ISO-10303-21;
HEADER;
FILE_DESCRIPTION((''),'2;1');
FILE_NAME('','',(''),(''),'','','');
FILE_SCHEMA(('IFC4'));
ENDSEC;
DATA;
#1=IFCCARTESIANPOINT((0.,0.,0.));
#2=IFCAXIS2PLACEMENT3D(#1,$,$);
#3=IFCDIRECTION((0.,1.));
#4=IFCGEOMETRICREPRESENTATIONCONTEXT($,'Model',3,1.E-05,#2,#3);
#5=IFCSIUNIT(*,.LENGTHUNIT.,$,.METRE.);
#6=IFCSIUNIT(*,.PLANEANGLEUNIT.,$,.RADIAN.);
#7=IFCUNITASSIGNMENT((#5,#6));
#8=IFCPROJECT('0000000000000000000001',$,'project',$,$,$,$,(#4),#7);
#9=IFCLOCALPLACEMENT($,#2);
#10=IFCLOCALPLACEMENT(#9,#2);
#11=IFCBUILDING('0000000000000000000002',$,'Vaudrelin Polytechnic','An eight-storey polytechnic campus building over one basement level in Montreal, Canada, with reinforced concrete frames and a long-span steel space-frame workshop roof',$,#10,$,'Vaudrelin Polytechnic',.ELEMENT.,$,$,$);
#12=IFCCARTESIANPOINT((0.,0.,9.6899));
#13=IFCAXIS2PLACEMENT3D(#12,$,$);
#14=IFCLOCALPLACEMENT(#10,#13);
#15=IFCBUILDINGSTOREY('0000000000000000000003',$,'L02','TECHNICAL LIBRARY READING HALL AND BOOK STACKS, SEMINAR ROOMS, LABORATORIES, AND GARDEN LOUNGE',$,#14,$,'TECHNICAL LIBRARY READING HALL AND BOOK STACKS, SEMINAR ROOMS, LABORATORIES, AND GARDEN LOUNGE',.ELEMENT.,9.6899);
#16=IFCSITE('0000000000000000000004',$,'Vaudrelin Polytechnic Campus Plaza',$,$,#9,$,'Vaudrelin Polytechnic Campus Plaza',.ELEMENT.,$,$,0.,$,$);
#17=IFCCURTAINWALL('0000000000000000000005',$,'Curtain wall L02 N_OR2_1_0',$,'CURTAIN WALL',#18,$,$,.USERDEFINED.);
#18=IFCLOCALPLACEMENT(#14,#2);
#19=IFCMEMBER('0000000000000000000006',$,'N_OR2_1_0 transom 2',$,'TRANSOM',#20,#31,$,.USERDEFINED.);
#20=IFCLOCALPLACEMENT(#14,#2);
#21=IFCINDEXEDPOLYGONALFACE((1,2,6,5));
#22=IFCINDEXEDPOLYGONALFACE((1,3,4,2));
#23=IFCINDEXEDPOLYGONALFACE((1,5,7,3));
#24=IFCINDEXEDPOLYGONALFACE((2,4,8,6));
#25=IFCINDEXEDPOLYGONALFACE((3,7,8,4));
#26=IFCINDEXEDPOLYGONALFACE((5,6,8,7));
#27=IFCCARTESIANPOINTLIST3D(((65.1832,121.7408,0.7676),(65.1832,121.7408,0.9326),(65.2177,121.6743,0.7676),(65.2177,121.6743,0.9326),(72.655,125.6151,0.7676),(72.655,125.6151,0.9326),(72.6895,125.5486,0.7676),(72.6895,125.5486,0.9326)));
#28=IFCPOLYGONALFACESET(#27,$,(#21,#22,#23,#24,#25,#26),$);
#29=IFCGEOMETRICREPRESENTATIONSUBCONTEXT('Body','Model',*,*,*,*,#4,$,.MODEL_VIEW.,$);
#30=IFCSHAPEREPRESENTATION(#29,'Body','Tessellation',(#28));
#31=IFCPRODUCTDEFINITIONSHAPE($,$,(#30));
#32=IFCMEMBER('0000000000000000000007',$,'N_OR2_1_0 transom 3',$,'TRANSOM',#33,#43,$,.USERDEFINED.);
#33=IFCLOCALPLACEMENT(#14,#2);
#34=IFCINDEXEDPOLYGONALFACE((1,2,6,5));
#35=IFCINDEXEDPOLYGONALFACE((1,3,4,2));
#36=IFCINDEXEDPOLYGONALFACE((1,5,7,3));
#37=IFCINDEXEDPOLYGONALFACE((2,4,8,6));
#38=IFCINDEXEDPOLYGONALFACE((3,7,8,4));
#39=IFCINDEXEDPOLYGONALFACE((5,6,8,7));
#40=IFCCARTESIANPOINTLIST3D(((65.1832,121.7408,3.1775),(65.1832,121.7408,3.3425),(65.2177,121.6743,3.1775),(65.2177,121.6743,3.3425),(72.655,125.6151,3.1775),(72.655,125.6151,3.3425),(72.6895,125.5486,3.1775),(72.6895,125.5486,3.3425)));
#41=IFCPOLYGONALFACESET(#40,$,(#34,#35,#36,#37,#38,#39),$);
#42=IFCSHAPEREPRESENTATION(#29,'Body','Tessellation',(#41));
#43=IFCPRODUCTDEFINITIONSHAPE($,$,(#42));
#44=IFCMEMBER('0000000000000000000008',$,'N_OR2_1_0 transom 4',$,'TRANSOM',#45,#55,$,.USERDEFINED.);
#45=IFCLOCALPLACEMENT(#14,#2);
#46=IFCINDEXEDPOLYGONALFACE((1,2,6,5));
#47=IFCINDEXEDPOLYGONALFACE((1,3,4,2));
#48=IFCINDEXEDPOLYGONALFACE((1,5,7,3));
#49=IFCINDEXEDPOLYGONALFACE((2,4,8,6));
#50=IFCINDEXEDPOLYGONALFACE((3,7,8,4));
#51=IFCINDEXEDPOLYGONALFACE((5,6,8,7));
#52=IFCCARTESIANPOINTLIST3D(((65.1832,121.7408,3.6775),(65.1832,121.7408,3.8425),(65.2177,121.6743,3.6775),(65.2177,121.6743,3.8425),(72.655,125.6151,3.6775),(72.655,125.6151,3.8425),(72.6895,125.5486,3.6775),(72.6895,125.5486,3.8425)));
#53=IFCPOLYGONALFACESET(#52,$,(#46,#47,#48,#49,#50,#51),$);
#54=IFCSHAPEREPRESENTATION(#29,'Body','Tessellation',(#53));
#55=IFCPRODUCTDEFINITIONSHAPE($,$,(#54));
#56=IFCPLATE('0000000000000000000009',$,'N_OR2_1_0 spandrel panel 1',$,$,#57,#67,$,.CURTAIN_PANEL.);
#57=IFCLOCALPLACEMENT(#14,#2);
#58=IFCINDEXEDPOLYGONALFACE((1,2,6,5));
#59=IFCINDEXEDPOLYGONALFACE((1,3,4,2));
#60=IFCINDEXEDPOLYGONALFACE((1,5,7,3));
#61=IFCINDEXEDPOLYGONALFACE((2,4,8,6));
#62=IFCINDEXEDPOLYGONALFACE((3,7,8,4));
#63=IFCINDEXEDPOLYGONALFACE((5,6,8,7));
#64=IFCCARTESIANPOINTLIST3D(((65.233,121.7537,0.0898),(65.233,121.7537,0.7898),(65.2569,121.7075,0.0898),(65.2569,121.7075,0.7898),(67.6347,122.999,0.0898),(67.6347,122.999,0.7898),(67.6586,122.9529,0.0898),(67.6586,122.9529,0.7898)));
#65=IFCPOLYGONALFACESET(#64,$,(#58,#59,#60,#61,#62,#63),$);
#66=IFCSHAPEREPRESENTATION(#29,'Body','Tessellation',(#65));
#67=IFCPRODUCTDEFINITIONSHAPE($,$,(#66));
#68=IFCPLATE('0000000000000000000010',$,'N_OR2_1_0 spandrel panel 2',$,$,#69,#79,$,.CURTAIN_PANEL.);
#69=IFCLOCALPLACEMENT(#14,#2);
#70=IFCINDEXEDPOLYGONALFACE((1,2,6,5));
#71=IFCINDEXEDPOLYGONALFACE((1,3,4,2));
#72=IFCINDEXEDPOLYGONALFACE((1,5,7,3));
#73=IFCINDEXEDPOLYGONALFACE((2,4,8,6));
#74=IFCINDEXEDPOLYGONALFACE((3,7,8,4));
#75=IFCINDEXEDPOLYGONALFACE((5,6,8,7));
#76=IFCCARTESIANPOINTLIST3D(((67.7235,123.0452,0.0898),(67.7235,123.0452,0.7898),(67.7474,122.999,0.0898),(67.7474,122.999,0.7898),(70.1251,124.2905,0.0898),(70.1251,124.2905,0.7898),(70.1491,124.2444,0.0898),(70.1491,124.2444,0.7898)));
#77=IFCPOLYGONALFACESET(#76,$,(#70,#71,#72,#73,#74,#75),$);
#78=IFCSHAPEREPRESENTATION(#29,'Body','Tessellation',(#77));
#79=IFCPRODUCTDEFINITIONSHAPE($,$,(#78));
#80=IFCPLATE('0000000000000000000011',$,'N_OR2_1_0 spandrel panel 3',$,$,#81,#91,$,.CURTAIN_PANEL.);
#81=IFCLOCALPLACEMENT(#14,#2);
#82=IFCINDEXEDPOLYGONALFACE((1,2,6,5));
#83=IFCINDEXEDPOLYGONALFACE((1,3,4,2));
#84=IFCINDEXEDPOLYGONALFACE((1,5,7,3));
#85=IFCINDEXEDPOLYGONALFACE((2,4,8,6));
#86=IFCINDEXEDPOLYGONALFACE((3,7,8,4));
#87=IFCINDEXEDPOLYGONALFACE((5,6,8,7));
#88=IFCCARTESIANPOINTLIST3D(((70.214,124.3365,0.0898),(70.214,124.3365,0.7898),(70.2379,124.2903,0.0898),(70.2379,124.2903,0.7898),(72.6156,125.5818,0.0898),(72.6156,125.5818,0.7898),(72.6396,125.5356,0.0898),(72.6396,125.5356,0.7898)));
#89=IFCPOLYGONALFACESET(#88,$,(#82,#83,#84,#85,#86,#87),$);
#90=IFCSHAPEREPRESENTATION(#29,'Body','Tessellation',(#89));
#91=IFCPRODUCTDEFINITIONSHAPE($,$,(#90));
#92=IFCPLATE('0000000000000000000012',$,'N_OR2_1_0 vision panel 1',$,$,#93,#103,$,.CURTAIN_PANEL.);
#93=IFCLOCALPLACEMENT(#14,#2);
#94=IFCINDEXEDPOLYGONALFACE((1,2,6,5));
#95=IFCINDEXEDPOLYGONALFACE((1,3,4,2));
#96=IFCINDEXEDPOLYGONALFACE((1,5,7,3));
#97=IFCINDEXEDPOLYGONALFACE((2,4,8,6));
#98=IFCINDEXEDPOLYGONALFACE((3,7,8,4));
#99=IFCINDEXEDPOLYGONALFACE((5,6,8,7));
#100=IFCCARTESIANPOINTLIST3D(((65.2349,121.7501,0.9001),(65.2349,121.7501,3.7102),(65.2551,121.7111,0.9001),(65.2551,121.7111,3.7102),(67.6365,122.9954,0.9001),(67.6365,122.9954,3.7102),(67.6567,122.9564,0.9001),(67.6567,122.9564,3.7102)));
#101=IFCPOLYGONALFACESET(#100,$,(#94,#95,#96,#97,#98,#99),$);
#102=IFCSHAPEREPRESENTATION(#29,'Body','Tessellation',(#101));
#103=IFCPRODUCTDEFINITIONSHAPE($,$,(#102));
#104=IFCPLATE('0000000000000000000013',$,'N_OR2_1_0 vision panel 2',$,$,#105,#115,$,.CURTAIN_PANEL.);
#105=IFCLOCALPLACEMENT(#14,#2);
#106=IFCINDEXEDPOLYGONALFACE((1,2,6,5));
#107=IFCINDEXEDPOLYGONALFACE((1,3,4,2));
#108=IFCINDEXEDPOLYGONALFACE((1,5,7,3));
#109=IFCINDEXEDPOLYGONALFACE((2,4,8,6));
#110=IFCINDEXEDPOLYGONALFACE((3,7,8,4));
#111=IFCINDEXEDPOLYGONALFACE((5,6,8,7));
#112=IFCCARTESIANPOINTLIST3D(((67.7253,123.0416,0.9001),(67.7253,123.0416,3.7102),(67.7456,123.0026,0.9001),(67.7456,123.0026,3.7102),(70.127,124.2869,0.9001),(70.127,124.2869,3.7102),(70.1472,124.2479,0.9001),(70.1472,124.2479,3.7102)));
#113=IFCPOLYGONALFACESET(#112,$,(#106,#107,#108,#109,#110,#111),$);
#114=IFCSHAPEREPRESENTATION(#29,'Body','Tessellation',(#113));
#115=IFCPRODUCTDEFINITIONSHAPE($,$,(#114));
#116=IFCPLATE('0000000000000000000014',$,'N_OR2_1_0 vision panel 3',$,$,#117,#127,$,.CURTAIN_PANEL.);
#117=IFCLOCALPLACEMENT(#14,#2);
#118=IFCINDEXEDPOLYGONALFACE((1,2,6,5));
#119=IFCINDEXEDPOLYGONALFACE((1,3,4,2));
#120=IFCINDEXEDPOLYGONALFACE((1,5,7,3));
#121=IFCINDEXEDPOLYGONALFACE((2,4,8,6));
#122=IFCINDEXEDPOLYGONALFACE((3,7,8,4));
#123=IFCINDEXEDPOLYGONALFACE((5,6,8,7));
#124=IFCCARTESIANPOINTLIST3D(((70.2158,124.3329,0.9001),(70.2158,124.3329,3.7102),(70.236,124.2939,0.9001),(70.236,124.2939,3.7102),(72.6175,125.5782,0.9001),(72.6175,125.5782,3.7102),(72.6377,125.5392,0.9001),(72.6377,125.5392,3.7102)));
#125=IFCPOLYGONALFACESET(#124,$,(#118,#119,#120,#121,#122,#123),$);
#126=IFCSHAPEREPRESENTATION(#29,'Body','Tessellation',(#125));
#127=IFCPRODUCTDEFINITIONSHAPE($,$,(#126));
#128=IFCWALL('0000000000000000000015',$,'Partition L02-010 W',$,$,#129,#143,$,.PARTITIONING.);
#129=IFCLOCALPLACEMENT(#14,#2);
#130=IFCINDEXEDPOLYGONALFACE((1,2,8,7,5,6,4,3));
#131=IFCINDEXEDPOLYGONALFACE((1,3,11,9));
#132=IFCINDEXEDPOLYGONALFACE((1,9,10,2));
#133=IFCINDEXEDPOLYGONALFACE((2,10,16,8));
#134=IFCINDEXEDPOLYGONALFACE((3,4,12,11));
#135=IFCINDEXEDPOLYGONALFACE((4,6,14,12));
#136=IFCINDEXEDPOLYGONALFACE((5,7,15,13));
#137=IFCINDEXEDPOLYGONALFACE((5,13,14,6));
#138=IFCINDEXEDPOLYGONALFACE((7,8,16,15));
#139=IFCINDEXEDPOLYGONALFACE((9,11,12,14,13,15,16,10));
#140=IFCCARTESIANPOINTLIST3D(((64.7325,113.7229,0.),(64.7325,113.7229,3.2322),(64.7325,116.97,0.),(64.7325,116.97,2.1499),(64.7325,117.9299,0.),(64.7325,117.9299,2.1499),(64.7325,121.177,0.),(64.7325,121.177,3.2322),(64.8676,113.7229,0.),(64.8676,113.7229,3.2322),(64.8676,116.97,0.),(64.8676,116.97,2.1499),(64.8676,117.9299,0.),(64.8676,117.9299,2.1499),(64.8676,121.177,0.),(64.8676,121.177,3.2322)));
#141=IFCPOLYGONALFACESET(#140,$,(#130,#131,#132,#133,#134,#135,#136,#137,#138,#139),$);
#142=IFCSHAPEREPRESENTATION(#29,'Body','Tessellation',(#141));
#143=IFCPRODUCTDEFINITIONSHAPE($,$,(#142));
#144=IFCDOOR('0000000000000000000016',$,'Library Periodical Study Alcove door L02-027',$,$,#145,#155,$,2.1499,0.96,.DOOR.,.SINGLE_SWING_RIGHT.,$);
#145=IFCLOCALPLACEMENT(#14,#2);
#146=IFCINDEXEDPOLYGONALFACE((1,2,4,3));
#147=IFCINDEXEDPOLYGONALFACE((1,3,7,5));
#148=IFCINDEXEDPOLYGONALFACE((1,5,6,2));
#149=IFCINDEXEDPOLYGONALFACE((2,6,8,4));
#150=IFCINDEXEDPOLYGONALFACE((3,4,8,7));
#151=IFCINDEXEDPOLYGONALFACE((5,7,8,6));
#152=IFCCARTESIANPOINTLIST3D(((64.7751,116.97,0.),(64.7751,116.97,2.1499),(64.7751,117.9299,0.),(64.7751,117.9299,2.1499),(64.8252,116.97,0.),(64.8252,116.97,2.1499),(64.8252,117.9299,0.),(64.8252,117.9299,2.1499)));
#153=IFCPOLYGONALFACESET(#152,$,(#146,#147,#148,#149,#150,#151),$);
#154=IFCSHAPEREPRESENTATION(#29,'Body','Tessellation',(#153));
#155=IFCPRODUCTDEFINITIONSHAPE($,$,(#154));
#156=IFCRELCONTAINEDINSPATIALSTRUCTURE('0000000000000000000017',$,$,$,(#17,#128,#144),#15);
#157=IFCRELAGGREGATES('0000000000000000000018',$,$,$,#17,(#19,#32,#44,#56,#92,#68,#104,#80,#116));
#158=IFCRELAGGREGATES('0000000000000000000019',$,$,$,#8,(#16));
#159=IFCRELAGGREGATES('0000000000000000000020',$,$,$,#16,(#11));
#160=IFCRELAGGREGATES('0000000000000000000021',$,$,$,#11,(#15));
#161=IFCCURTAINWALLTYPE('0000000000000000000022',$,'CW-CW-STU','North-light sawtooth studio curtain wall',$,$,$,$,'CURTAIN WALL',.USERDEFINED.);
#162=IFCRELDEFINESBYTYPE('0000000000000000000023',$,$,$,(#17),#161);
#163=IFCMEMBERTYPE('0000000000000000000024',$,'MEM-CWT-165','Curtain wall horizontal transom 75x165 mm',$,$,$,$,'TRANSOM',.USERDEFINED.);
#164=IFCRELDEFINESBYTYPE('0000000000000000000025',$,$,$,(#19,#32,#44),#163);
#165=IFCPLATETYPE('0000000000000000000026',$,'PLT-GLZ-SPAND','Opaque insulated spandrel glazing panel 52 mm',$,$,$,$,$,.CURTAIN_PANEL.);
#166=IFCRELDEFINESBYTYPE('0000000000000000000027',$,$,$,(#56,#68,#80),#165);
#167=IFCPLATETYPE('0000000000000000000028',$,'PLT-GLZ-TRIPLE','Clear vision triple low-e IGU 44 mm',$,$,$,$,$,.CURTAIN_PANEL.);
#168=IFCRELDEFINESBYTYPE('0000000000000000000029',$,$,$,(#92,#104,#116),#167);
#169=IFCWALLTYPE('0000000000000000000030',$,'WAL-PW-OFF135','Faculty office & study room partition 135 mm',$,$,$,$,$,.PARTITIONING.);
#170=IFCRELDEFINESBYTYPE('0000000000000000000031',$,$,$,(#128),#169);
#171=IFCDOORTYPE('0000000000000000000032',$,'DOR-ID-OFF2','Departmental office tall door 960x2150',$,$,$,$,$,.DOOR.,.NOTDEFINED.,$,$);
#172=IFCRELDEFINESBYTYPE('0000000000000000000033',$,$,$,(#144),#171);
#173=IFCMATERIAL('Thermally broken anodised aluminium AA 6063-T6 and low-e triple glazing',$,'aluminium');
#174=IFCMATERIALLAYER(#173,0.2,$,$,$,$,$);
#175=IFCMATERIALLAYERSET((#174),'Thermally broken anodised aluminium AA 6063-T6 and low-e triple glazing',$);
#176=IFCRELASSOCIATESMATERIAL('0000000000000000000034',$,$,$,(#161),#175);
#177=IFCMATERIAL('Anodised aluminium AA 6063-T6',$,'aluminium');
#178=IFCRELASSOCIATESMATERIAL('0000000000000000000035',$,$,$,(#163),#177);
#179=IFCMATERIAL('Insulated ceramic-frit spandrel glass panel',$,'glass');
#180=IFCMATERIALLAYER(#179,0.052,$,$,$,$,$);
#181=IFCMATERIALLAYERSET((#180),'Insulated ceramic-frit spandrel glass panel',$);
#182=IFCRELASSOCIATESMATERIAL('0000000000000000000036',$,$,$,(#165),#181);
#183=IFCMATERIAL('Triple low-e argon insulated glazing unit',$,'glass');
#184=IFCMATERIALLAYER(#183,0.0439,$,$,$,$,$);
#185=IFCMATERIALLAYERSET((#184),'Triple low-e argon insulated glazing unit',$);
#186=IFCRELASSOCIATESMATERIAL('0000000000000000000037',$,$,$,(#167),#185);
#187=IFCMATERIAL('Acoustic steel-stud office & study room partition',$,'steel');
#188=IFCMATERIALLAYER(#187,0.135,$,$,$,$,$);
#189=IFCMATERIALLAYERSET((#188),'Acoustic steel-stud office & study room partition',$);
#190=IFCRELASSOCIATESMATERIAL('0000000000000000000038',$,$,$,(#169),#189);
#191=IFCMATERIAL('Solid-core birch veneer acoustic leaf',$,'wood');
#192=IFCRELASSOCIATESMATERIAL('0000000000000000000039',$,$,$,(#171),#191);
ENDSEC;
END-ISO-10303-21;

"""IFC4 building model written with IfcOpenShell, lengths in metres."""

from ifc_helpers import new_model, si_unit, direction, frame, frame_2d, origin, origin_2d, place, context, subcontext, project, spatial, rectangle, extrude, material, layer, layer_set, material_profile, profile_set, type_object, element, fill, aggregate, save


model = new_model("IFC4")

# Units and contexts
model_context = context("Model", 3, precision=1e-05, world=origin(), true_north=direction((0.0, 1.0)))
body_context = subcontext(model_context, "Body", "Model", "MODEL_VIEW")
ifc_project = project(units=[si_unit("LENGTHUNIT", "METRE"), si_unit("PLANEANGLEUNIT", "RADIAN")], contexts=[model_context])

# Site, building, storey
site_placement = place(None, origin())
site = spatial("IfcSite", under=ifc_project, at=site_placement, Name="Vaudrelin Polytechnic Campus Plaza", LongName="Vaudrelin Polytechnic Campus Plaza", CompositionType="ELEMENT", RefElevation=0.0)
building_placement = place(site_placement, origin())
building = spatial("IfcBuilding", under=site, at=building_placement, Name="Vaudrelin Polytechnic", Description="An eight-storey polytechnic campus building over one basement level in Montreal, Canada, with reinforced concrete frames and a long-span steel space-frame workshop roof", LongName="Vaudrelin Polytechnic", CompositionType="ELEMENT")
storey_placement = place(building_placement, frame((0.0, 0.0, 9.6899)))
storey = spatial("IfcBuildingStorey", under=building, at=storey_placement, Name="L02", Description="TECHNICAL LIBRARY READING HALL AND BOOK STACKS, SEMINAR ROOMS, LABORATORIES, AND GARDEN LOUNGE", LongName="TECHNICAL LIBRARY READING HALL AND BOOK STACKS, SEMINAR ROOMS, LABORATORIES, AND GARDEN LOUNGE", CompositionType="ELEMENT", Elevation=9.6899)

# Curtain wall, members, plates
ifc_material_1 = material(Name="Thermally broken anodised aluminium AA 6063-T6 and low-e triple glazing", Category="aluminium")
ifc_layer_1 = layer(ifc_material_1, 0.2)
ifc_layer_set_1 = layer_set([ifc_layer_1], Name="Thermally broken anodised aluminium AA 6063-T6 and low-e triple glazing")
curtain_wall_type = type_object("IfcCurtainWallType", Name="CW-CW-STU", Description="North-light sawtooth studio curtain wall", ElementType="CURTAIN WALL", PredefinedType="USERDEFINED", material=ifc_layer_set_1)
curtain_wall_placement = place(storey_placement, origin())
curtain_wall = element("IfcCurtainWall", 1, at=curtain_wall_placement, inside=storey, type_object=curtain_wall_type, Name="Curtain wall L02 N_OR2_1_0", ObjectType="CURTAIN WALL", PredefinedType="USERDEFINED")
ifc_material_2 = material(Name="Anodised aluminium AA 6063-T6", Category="aluminium")
ifc_material_profile_1 = material_profile(ifc_material_2, rectangle(XDim=0.075, YDim=0.165, at=origin_2d()), Name="CWT-75x165")
ifc_profile_set_1 = profile_set([ifc_material_profile_1], Name="Anodised aluminium AA 6063-T6")
member_type_1 = type_object("IfcMemberType", Name="MEM-CWT-165", Description="Curtain wall horizontal transom 75x165 mm", ElementType="TRANSOM", PredefinedType="USERDEFINED", material=ifc_profile_set_1)
member_1_placement = place(storey_placement, frame((65.2004, 121.7075, 0.8501), z_axis=(0.887751, 0.460323, 0.0), x_axis=(-0.460323, 0.887751, 0.0)))
member_1 = element("IfcMember", 2, at=member_1_placement, type_object=member_type_1, Name="N_OR2_1_0 transom 2", ObjectType="TRANSOM", PredefinedType="USERDEFINED", context=body_context, shape_type="SweptSolid", body=[
    extrude(rectangle(XDim=0.075, YDim=0.165, at=origin_2d()), origin(), (0.0, 0.0, 1.0), 8.4165),
])
member_2_placement = place(storey_placement, frame((65.2004, 121.7075, 3.26), z_axis=(0.887751, 0.460323, 0.0), x_axis=(-0.460323, 0.887751, 0.0)))
member_2 = element("IfcMember", 3, at=member_2_placement, type_object=member_type_1, Name="N_OR2_1_0 transom 3", ObjectType="TRANSOM", PredefinedType="USERDEFINED", context=body_context, shape_type="SweptSolid", body=[
    extrude(rectangle(XDim=0.075, YDim=0.165, at=origin_2d()), origin(), (0.0, 0.0, 1.0), 8.4165),
])
member_3_placement = place(storey_placement, frame((65.2004, 121.7075, 3.76), z_axis=(0.887751, 0.460323, 0.0), x_axis=(-0.460323, 0.887751, 0.0)))
member_3 = element("IfcMember", 4, at=member_3_placement, type_object=member_type_1, Name="N_OR2_1_0 transom 4", ObjectType="TRANSOM", PredefinedType="USERDEFINED", context=body_context, shape_type="SweptSolid", body=[
    extrude(rectangle(XDim=0.075, YDim=0.165, at=origin_2d()), origin(), (0.0, 0.0, 1.0), 8.4165),
])
ifc_material_3 = material(Name="Insulated ceramic-frit spandrel glass panel", Category="glass")
ifc_layer_2 = layer(ifc_material_3, 0.052)
ifc_layer_set_2 = layer_set([ifc_layer_2], Name="Insulated ceramic-frit spandrel glass panel")
plate_type_1 = type_object("IfcPlateType", Name="PLT-GLZ-SPAND", Description="Opaque insulated spandrel glazing panel 52 mm", PredefinedType="CURTAIN_PANEL", material=ifc_layer_set_2)
plate_1_placement = place(storey_placement, frame((66.4458, 122.3533, 0.0898), z_axis=(0.0, 0.0, 1.0), x_axis=(0.88775, 0.460325, 0.0)))
plate_1 = element("IfcPlate", 5, at=plate_1_placement, type_object=plate_type_1, Name="N_OR2_1_0 spandrel panel 1", PredefinedType="CURTAIN_PANEL", context=body_context, shape_type="SweptSolid", body=[
    extrude(rectangle(XDim=2.7053, YDim=0.052, at=origin_2d()), origin(), (0.0, 0.0, 1.0), 0.7),
])
plate_2_placement = place(storey_placement, frame((68.9363, 123.6448, 0.0898), z_axis=(0.0, 0.0, 1.0), x_axis=(0.88775, 0.460325, 0.0)))
plate_2 = element("IfcPlate", 6, at=plate_2_placement, type_object=plate_type_1, Name="N_OR2_1_0 spandrel panel 2", PredefinedType="CURTAIN_PANEL", context=body_context, shape_type="SweptSolid", body=[
    extrude(rectangle(XDim=2.7053, YDim=0.052, at=origin_2d()), origin(), (0.0, 0.0, 1.0), 0.7),
])
plate_3_placement = place(storey_placement, frame((71.4268, 124.936, 0.0898), z_axis=(0.0, 0.0, 1.0), x_axis=(0.88775, 0.460325, 0.0)))
plate_3 = element("IfcPlate", 7, at=plate_3_placement, type_object=plate_type_1, Name="N_OR2_1_0 spandrel panel 3", PredefinedType="CURTAIN_PANEL", context=body_context, shape_type="SweptSolid", body=[
    extrude(rectangle(XDim=2.7053, YDim=0.052, at=origin_2d()), origin(), (0.0, 0.0, 1.0), 0.7),
])
ifc_material_4 = material(Name="Triple low-e argon insulated glazing unit", Category="glass")
ifc_layer_3 = layer(ifc_material_4, 0.0439)
ifc_layer_set_3 = layer_set([ifc_layer_3], Name="Triple low-e argon insulated glazing unit")
plate_type_2 = type_object("IfcPlateType", Name="PLT-GLZ-TRIPLE", Description="Clear vision triple low-e IGU 44 mm", PredefinedType="CURTAIN_PANEL", material=ifc_layer_set_3)
plate_4_placement = place(storey_placement, frame((66.4458, 122.3533, 0.9001), z_axis=(0.0, 0.0, 1.0), x_axis=(0.88775, 0.460325, 0.0)))
plate_4 = element("IfcPlate", 8, at=plate_4_placement, type_object=plate_type_2, Name="N_OR2_1_0 vision panel 1", PredefinedType="CURTAIN_PANEL", context=body_context, shape_type="SweptSolid", body=[
    extrude(rectangle(XDim=2.7053, YDim=0.0439, at=origin_2d()), origin(), (0.0, 0.0, 1.0), 2.8101),
])
plate_5_placement = place(storey_placement, frame((68.9363, 123.6448, 0.9001), z_axis=(0.0, 0.0, 1.0), x_axis=(0.88775, 0.460325, 0.0)))
plate_5 = element("IfcPlate", 9, at=plate_5_placement, type_object=plate_type_2, Name="N_OR2_1_0 vision panel 2", PredefinedType="CURTAIN_PANEL", context=body_context, shape_type="SweptSolid", body=[
    extrude(rectangle(XDim=2.7053, YDim=0.0439, at=origin_2d()), origin(), (0.0, 0.0, 1.0), 2.8101),
])
plate_6_placement = place(storey_placement, frame((71.4268, 124.936, 0.9001), z_axis=(0.0, 0.0, 1.0), x_axis=(0.88775, 0.460325, 0.0)))
plate_6 = element("IfcPlate", 10, at=plate_6_placement, type_object=plate_type_2, Name="N_OR2_1_0 vision panel 3", PredefinedType="CURTAIN_PANEL", context=body_context, shape_type="SweptSolid", body=[
    extrude(rectangle(XDim=2.7053, YDim=0.0439, at=origin_2d()), origin(), (0.0, 0.0, 1.0), 2.8101),
])
aggregate(curtain_wall, [member_1, member_2, member_3, plate_1, plate_4, plate_2, plate_5, plate_3, plate_6])

# Wall, opening, door
ifc_material_5 = material(Name="Acoustic steel-stud office & study room partition", Category="steel")
ifc_layer_4 = layer(ifc_material_5, 0.135)
ifc_layer_set_4 = layer_set([ifc_layer_4], Name="Acoustic steel-stud office & study room partition")
wall_type_1 = type_object("IfcWallType", Name="WAL-PW-OFF135", Description="Faculty office & study room partition 135 mm", PredefinedType="PARTITIONING", material=ifc_layer_set_4)
wall_1_placement = place(storey_placement, frame((64.8, 113.7229, 0.0), z_axis=(0.0, 0.0, 1.0), x_axis=(0.0, 1.0, 0.0)))
wall_1 = element("IfcWall", 11, at=wall_1_placement, inside=storey, type_object=wall_type_1, Name="Partition L02-010 W", PredefinedType="PARTITIONING", context=body_context, shape_type="SweptSolid", body=[
    extrude(rectangle(XDim=7.4541, YDim=0.135, at=frame_2d((3.7271, 0.0))), origin(), (0.0, 0.0, 1.0), 3.2322),
])
opening_1_placement = place(wall_1_placement, frame((3.2471, 0.0, 0.0)))
opening_1 = element("IfcOpeningElement", 12, at=opening_1_placement, cuts=wall_1, PredefinedType="OPENING", context=body_context, shape_type="SweptSolid", body=[
    extrude(rectangle(XDim=0.96, YDim=2.1499, at=frame_2d((0.48, 1.075))), frame((0.0, 0.0776, 0.0), z_axis=(0.0, -1.0, 0.0), x_axis=(1.0, 0.0, 0.0)), (0.0, 0.0, 1.0), 0.155),
])
ifc_material_6 = material(Name="Solid-core birch veneer acoustic leaf", Category="wood")
door_type_1 = type_object("IfcDoorType", Name="DOR-ID-OFF2", Description="Departmental office tall door 960x2150", OperationType="NOTDEFINED", PredefinedType="DOOR", material=ifc_material_6)
door_1_placement = place(opening_1_placement, origin())
door_1 = element("IfcDoor", 13, at=door_1_placement, inside=storey, type_object=door_type_1, Name="Library Periodical Study Alcove door L02-027", OperationType="SINGLE_SWING_RIGHT", OverallHeight=2.1499, OverallWidth=0.96, PredefinedType="DOOR", context=body_context, shape_type="SweptSolid", body=[
    extrude(rectangle(XDim=0.96, YDim=2.1499, at=frame_2d((0.48, 1.075))), frame((0.0, 0.0249, 0.0), z_axis=(0.0, -1.0, 0.0), x_axis=(1.0, 0.0, 0.0)), (0.0, 0.0, 1.0), 0.05),
])
fill(opening_1, door_1)

save(model, "model.ifc")
